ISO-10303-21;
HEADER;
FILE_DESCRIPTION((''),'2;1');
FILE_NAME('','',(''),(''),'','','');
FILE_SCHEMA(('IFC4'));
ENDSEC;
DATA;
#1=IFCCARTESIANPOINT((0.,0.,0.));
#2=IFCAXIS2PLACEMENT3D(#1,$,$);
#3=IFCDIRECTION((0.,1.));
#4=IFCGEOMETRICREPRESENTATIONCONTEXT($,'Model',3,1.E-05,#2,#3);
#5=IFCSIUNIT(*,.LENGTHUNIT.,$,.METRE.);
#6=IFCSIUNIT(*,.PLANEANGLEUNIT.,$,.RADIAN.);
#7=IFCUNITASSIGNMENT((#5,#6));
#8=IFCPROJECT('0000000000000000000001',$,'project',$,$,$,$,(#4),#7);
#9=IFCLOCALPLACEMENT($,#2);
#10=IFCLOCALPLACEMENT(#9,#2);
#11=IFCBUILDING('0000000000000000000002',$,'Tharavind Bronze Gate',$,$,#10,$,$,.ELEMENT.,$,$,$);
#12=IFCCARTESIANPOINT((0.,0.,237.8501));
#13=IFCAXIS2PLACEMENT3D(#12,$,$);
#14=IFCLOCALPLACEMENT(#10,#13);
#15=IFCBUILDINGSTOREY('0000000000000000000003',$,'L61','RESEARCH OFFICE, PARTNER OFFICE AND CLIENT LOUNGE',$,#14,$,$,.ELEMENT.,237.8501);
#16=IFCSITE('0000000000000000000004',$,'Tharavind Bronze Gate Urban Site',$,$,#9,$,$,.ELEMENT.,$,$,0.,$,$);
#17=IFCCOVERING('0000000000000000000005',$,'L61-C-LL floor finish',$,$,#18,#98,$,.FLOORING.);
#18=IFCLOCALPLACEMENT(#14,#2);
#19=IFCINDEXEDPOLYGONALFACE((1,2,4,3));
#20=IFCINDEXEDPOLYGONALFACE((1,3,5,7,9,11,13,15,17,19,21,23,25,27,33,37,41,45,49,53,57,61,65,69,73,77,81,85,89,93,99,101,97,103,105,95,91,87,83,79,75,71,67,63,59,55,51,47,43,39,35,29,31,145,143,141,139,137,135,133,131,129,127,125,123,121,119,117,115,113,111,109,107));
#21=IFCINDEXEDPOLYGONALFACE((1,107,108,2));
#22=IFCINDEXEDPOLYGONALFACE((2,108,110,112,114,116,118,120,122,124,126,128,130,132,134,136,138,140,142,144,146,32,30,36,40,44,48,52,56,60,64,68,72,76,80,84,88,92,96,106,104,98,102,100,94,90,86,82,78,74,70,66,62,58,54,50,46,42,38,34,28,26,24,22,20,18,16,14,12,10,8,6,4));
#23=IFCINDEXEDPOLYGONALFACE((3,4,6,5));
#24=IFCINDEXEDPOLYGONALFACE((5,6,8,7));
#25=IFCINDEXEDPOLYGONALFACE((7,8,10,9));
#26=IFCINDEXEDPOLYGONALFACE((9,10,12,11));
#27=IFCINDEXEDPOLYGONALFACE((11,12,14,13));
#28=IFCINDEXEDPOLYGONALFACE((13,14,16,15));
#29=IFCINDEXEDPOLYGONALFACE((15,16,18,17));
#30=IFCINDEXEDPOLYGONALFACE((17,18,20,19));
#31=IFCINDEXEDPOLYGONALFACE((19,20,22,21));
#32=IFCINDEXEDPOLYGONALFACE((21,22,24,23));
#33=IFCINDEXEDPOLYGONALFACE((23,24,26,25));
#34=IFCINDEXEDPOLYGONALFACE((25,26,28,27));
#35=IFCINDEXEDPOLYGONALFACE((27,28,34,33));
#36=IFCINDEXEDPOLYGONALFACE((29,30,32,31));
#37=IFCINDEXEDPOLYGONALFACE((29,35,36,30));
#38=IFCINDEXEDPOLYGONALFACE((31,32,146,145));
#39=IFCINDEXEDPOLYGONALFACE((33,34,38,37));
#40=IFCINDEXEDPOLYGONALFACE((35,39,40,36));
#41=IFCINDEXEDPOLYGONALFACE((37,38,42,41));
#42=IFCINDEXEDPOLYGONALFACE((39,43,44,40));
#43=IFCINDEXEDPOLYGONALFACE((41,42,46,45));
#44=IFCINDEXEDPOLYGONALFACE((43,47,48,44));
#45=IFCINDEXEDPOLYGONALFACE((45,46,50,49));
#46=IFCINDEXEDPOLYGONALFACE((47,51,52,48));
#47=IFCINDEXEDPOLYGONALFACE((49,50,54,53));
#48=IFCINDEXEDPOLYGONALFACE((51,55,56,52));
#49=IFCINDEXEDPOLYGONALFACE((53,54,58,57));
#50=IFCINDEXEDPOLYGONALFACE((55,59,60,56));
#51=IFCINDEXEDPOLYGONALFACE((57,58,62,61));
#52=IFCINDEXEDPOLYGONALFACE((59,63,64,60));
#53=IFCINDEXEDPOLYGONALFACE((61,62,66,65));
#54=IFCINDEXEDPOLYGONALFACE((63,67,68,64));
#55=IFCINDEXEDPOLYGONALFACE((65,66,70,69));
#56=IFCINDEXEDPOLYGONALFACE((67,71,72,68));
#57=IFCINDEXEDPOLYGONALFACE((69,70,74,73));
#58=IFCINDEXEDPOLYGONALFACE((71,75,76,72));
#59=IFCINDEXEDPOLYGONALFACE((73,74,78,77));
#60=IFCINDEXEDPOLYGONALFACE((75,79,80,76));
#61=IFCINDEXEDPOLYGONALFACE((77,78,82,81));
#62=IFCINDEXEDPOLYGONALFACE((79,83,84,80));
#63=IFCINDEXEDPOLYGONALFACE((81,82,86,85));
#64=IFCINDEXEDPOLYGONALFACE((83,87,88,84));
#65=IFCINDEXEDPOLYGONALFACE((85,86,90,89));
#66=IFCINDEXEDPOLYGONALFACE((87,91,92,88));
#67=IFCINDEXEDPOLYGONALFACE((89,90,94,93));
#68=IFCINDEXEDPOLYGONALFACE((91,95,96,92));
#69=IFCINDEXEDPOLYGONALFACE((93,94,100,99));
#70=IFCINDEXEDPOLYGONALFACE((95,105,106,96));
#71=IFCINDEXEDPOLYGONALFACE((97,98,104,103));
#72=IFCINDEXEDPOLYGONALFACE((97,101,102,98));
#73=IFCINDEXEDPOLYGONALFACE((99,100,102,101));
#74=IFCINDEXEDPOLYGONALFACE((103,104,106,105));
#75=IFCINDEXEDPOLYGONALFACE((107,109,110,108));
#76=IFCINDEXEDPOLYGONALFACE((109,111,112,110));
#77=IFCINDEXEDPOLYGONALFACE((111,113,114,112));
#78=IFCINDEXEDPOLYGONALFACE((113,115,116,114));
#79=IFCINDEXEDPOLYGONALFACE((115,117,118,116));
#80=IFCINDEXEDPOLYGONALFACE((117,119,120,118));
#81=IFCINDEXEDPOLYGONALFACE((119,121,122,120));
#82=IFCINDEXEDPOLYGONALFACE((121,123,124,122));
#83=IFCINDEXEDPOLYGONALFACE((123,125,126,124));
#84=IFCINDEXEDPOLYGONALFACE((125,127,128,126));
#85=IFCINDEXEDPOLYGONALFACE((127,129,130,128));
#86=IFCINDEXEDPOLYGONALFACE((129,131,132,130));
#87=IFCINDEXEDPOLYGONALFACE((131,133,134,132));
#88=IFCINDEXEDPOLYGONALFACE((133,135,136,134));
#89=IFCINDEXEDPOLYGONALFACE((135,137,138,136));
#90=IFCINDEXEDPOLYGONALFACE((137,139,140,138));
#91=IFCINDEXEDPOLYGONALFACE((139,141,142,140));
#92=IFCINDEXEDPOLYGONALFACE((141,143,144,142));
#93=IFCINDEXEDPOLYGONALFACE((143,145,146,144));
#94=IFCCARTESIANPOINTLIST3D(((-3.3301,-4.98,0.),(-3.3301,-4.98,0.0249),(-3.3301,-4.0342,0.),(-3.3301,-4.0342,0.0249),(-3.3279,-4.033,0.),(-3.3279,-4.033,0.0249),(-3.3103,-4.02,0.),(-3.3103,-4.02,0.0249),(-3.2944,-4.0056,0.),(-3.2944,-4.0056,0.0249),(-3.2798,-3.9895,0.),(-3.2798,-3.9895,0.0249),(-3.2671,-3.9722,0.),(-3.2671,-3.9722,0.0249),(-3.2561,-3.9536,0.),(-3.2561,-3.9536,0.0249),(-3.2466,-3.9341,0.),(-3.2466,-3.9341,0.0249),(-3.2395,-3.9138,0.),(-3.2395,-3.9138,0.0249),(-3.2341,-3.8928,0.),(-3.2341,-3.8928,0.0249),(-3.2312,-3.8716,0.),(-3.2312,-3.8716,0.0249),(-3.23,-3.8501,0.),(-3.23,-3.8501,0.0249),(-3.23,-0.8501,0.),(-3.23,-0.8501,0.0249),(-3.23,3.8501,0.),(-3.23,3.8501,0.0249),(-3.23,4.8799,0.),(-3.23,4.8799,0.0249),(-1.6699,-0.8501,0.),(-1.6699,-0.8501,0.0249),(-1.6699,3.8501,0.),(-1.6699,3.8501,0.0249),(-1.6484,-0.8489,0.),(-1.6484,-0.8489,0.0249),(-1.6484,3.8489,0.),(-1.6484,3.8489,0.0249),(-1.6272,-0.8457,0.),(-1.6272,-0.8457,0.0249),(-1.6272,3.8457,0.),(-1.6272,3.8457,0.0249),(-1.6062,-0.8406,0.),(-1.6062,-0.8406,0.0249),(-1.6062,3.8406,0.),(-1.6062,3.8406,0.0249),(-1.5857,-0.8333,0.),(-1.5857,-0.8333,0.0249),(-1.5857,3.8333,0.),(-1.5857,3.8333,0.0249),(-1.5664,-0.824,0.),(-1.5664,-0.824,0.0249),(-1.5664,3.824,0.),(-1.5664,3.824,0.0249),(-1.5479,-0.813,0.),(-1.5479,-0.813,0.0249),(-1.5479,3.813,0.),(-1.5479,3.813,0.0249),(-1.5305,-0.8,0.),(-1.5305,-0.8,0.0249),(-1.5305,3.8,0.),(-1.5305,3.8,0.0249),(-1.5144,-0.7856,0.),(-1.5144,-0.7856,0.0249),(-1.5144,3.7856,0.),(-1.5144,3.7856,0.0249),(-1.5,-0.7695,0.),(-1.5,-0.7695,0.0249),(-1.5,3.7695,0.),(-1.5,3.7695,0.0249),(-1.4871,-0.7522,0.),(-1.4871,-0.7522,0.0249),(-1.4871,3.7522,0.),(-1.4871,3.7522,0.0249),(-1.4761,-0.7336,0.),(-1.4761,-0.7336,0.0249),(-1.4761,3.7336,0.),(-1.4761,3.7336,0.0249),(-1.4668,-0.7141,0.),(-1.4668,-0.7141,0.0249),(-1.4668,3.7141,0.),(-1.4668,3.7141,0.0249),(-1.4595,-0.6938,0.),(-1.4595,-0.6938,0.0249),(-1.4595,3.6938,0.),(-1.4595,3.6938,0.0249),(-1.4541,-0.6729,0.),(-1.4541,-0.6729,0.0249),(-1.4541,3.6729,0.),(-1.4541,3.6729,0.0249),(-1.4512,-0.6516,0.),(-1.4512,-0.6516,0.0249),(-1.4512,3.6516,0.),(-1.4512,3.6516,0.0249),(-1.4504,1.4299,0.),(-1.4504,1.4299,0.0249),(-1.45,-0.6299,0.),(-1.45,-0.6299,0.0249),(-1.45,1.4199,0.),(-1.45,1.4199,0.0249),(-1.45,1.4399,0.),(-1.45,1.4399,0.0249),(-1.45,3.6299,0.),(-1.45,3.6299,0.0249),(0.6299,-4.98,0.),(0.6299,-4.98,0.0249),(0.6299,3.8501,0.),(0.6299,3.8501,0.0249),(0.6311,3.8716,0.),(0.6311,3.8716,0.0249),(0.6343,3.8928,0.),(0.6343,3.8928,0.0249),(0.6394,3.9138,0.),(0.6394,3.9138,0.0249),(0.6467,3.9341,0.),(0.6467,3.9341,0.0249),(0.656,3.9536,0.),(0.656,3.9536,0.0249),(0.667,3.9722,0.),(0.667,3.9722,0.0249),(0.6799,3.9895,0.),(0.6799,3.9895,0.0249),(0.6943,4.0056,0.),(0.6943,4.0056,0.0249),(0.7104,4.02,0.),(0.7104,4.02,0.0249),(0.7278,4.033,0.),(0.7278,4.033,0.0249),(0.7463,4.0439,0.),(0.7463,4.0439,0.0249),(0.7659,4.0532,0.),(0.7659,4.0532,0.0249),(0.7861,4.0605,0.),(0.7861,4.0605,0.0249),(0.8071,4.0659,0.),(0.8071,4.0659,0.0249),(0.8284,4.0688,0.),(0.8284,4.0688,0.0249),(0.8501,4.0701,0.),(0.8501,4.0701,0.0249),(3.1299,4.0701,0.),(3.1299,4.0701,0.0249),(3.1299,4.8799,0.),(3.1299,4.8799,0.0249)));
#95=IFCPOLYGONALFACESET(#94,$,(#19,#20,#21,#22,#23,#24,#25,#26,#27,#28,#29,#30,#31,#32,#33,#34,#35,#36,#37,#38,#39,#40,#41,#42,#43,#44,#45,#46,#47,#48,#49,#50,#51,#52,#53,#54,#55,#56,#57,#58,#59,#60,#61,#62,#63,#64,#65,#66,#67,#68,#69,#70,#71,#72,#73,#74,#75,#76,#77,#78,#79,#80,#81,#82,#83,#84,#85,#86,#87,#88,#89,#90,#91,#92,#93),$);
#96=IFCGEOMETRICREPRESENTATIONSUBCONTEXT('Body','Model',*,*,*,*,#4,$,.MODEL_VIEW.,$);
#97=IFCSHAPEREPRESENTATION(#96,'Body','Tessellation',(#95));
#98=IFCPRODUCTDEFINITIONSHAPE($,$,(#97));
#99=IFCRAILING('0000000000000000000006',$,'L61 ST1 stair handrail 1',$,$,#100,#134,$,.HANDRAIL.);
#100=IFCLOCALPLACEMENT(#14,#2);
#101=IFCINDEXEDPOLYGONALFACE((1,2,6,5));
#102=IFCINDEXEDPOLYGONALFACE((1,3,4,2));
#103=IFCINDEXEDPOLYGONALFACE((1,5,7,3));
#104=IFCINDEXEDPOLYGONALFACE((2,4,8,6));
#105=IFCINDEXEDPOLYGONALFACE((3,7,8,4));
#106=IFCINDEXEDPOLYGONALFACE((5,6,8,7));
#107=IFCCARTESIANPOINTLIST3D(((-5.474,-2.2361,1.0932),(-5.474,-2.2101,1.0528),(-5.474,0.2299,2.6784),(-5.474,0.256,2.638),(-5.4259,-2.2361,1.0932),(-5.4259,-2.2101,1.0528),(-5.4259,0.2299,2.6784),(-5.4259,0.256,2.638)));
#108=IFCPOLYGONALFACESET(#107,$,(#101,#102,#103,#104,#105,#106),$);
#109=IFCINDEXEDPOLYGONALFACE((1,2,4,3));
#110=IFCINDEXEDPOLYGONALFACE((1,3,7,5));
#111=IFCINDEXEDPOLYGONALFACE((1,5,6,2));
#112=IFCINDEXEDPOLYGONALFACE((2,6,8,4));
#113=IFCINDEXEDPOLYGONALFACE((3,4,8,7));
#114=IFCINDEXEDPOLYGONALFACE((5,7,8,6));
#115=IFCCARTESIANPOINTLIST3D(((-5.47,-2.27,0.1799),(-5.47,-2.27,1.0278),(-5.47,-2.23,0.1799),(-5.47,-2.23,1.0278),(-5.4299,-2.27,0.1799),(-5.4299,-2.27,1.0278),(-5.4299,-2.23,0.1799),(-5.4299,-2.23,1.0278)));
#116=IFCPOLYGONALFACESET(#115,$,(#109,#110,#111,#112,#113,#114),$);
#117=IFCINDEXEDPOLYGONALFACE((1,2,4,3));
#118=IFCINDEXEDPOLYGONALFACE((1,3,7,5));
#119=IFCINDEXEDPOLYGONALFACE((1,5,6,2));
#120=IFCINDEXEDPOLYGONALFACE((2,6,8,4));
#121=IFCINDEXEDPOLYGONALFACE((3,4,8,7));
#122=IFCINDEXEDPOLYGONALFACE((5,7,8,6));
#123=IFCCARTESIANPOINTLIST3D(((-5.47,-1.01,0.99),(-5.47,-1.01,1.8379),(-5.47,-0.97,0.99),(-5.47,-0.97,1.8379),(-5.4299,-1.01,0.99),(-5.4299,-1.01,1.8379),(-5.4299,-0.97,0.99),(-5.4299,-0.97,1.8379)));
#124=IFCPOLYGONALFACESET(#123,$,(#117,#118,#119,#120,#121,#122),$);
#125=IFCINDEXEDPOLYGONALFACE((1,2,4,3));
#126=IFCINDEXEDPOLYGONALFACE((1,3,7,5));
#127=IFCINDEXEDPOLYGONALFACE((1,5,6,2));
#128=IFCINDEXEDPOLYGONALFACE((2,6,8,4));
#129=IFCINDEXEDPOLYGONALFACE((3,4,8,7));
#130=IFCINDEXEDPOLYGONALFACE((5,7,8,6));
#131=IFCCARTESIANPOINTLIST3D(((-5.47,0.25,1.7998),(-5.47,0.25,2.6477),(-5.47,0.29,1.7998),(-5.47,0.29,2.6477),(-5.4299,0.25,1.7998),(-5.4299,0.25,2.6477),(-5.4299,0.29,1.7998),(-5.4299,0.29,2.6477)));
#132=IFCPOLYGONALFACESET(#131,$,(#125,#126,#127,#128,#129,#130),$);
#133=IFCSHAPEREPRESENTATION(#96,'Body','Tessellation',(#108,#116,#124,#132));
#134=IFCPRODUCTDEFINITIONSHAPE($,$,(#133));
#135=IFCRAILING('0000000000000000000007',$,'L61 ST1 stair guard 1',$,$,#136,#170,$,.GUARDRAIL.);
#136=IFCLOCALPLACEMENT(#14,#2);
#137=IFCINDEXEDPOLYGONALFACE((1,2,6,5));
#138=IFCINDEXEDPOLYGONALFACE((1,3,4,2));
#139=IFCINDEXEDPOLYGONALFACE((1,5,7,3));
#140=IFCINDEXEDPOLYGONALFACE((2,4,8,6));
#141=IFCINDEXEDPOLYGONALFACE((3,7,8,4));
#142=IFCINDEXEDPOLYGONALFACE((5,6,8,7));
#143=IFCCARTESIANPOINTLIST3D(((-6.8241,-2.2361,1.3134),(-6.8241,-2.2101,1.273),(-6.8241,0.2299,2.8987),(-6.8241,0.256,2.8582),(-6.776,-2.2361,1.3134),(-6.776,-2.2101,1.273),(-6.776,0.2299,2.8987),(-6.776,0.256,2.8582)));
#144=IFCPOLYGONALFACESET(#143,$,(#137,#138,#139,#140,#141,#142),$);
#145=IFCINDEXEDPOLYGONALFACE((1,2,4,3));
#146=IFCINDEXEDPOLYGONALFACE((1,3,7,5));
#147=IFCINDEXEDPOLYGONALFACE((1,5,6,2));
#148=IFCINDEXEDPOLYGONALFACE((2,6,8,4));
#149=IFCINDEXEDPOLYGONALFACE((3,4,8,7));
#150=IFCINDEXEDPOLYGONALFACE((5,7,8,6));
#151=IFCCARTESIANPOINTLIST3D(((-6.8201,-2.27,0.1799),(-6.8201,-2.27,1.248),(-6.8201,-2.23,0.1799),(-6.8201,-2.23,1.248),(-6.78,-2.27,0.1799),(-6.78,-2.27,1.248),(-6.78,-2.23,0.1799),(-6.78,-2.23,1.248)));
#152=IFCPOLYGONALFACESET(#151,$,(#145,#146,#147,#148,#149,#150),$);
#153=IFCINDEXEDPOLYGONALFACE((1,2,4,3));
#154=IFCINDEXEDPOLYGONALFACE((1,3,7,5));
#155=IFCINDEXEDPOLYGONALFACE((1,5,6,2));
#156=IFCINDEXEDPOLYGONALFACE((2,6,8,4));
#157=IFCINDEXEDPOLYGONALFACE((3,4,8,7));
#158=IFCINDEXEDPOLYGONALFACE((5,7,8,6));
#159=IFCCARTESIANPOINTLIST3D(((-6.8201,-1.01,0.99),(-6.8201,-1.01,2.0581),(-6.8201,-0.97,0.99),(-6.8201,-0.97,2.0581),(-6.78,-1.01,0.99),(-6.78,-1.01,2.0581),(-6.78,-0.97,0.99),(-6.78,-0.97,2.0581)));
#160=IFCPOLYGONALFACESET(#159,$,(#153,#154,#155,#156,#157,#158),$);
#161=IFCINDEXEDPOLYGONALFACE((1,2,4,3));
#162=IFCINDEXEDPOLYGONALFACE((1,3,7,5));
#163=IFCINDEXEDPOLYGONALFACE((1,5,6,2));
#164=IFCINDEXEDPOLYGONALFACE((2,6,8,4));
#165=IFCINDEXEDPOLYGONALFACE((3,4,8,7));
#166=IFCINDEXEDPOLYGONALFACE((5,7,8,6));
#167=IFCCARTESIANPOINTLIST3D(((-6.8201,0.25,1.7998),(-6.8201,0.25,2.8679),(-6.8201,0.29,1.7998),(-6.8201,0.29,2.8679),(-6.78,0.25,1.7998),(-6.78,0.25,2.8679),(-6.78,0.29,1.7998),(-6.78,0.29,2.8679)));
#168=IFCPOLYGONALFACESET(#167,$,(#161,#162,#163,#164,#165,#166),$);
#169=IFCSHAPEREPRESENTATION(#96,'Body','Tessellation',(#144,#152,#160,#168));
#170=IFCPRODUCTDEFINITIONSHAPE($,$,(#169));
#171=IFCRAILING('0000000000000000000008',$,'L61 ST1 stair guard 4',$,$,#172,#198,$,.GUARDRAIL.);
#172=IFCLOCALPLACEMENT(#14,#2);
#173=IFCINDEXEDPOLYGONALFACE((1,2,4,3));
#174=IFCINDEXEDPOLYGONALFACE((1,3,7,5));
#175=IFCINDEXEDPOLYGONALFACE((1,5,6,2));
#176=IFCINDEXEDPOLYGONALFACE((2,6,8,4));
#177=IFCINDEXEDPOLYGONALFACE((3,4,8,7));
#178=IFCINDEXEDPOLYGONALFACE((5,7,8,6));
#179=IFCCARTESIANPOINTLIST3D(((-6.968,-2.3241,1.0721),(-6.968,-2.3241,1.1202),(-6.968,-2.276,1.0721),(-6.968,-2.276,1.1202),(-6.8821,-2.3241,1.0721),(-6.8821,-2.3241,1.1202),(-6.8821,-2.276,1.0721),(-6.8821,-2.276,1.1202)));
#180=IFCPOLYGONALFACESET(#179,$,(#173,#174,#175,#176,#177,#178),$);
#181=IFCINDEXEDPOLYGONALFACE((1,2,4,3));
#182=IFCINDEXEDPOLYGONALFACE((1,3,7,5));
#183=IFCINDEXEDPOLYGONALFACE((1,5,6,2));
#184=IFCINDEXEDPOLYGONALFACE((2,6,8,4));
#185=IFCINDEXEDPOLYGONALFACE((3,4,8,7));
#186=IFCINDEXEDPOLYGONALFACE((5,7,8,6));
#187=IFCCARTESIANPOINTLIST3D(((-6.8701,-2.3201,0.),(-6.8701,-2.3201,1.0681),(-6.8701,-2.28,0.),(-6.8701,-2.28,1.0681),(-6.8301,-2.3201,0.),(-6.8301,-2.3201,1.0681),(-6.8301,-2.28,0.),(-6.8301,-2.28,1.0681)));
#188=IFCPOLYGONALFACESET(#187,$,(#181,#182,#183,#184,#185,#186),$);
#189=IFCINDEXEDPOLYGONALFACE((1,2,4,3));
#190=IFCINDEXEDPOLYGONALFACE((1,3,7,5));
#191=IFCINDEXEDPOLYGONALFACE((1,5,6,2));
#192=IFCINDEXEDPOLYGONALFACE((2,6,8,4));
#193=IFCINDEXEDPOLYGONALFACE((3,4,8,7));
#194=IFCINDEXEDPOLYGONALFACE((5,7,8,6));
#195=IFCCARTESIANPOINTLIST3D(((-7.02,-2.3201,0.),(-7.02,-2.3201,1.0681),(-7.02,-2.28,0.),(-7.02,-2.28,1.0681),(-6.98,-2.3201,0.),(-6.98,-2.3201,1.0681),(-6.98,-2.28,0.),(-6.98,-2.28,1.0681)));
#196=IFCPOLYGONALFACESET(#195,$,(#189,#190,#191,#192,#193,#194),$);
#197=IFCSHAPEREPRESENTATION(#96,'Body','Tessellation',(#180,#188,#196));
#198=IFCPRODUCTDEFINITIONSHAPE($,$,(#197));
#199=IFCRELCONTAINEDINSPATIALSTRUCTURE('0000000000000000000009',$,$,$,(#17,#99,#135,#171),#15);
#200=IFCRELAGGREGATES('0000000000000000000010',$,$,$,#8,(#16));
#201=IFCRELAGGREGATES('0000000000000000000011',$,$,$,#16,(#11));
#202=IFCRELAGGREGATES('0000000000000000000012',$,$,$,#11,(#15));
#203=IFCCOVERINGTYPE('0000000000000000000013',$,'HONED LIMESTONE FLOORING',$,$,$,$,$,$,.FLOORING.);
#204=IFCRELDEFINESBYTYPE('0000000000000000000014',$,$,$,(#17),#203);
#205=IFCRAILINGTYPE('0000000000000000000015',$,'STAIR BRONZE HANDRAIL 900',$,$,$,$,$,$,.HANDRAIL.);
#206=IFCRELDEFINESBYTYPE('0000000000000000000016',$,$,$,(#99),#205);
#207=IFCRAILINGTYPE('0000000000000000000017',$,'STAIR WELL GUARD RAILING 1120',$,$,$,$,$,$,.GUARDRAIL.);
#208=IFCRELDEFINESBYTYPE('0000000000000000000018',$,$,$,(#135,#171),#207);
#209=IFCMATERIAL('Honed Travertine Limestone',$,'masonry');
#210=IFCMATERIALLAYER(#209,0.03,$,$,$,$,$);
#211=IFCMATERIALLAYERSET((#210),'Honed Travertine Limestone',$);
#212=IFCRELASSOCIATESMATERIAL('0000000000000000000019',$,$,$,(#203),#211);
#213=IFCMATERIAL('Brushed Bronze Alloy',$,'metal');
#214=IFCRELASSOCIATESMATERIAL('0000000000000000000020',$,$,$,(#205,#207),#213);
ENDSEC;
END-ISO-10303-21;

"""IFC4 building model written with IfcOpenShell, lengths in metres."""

from ifc_helpers import new_model, si_unit, direction, frame, origin, origin_2d, place, context, subcontext, project, spatial, polyline, rectangle, outline, extrude, material, layer, layer_set, type_object, element, save


model = new_model("IFC4")

# Units and contexts
model_context = context("Model", 3, precision=1e-05, world=origin(), true_north=direction((0.0, 1.0)))
body_context = subcontext(model_context, "Body", "Model", "MODEL_VIEW")
ifc_project = project(units=[si_unit("LENGTHUNIT", "METRE"), si_unit("PLANEANGLEUNIT", "RADIAN")], contexts=[model_context])

# Site, building, storey
site_placement = place(None, origin())
site = spatial("IfcSite", under=ifc_project, at=site_placement, Name="Tharavind Bronze Gate Urban Site", CompositionType="ELEMENT", RefElevation=0.0)
building_placement = place(site_placement, origin())
building = spatial("IfcBuilding", under=site, at=building_placement, Name="Tharavind Bronze Gate", CompositionType="ELEMENT")
storey_placement = place(building_placement, frame((0.0, 0.0, 237.8501)))
storey = spatial("IfcBuildingStorey", under=building, at=storey_placement, Name="L61", Description="RESEARCH OFFICE, PARTNER OFFICE AND CLIENT LOUNGE", CompositionType="ELEMENT", Elevation=237.8501)

# Covering
ifc_material_1 = material(Name="Honed Travertine Limestone", Category="masonry")
ifc_layer_1 = layer(ifc_material_1, 0.03)
ifc_layer_set_1 = layer_set([ifc_layer_1], Name="Honed Travertine Limestone")
covering_type = type_object("IfcCoveringType", Name="HONED LIMESTONE FLOORING", PredefinedType="FLOORING", material=ifc_layer_set_1)
covering_placement = place(storey_placement, origin())
element("IfcCovering", 1, at=covering_placement, inside=storey, type_object=covering_type, Name="L61-C-LL floor finish", PredefinedType="FLOORING", context=body_context, shape_type="SweptSolid", body=[
    extrude(outline(polyline([(-3.3301, -4.98), (0.6299, -4.98), (0.6299, 3.8501), (0.6311, 3.8716), (0.6343, 3.8928), (0.6394, 3.9138), (0.6467, 3.9341), (0.656, 3.9536), (0.667, 3.9722), (0.6799, 3.9895), (0.6943, 4.0056), (0.7104, 4.02), (0.7278, 4.033), (0.7463, 4.0439), (0.7659, 4.0532), (0.7861, 4.0605), (0.8071, 4.0659), (0.8284, 4.0688), (0.8501, 4.0701), (3.1299, 4.0701), (3.1299, 4.8799), (-3.23, 4.8799), (-3.23, 3.8501), (-1.6699, 3.8501), (-1.6484, 3.8489), (-1.6272, 3.8457), (-1.6062, 3.8406), (-1.5857, 3.8333), (-1.5664, 3.824), (-1.5479, 3.813), (-1.5305, 3.8), (-1.5144, 3.7856), (-1.5, 3.7695), (-1.4871, 3.7522), (-1.4761, 3.7336), (-1.4668, 3.7141), (-1.4595, 3.6938), (-1.4541, 3.6729), (-1.4512, 3.6516), (-1.45, 3.6299), (-1.45, 1.4399), (-1.4504, 1.4299), (-1.45, 1.4199), (-1.45, -0.6299), (-1.4512, -0.6516), (-1.4541, -0.6729), (-1.4595, -0.6938), (-1.4668, -0.7141), (-1.4761, -0.7336), (-1.4871, -0.7522), (-1.5, -0.7695), (-1.5144, -0.7856), (-1.5305, -0.8), (-1.5479, -0.813), (-1.5664, -0.824), (-1.5857, -0.8333), (-1.6062, -0.8406), (-1.6272, -0.8457), (-1.6484, -0.8489), (-1.6699, -0.8501), (-3.23, -0.8501), (-3.23, -3.8501), (-3.2312, -3.8716), (-3.2341, -3.8928), (-3.2395, -3.9138), (-3.2466, -3.9341), (-3.2561, -3.9536), (-3.2671, -3.9722), (-3.2798, -3.9895), (-3.2944, -4.0056), (-3.3103, -4.02), (-3.3279, -4.033), (-3.3301, -4.0342), (-3.3301, -4.98)])), origin(), (0.0, 0.0, 1.0), 0.0249),
])

# Railings
ifc_material_2 = material(Name="Brushed Bronze Alloy", Category="metal")
railing_type_1 = type_object("IfcRailingType", Name="STAIR BRONZE HANDRAIL 900", PredefinedType="HANDRAIL", material=ifc_material_2)
railing_1_placement = place(storey_placement, frame((-5.45, -2.25, 0.1799)))
element("IfcRailing", 2, at=railing_1_placement, inside=storey, type_object=railing_type_1, Name="L61 ST1 stair handrail 1", PredefinedType="HANDRAIL", context=body_context, shape_type="SweptSolid", body=[
    extrude(rectangle(XDim=0.0481, YDim=0.0481, at=origin_2d()), frame((0.0, 0.0269, 0.8931), z_axis=(0.0, 0.8412, 0.540725), x_axis=(-1.0, 0.0, 0.0)), (0.0, 0.0, 1.0), 2.9316),
    extrude(rectangle(XDim=0.04, YDim=0.04, at=origin_2d()), origin(), (0.0, 0.0, 1.0), 0.8479),
    extrude(rectangle(XDim=0.04, YDim=0.04, at=origin_2d()), frame((0.0, 1.26, 0.8101)), (0.0, 0.0, 1.0), 0.8479),
    extrude(rectangle(XDim=0.04, YDim=0.04, at=origin_2d()), frame((0.0, 2.52, 1.6199)), (0.0, 0.0, 1.0), 0.8479),
])
railing_type_2 = type_object("IfcRailingType", Name="STAIR WELL GUARD RAILING 1120", PredefinedType="GUARDRAIL", material=ifc_material_2)
railing_2_placement = place(storey_placement, frame((-6.8, -2.25, 0.1799)))
element("IfcRailing", 3, at=railing_2_placement, inside=storey, type_object=railing_type_2, Name="L61 ST1 stair guard 1", PredefinedType="GUARDRAIL", context=body_context, shape_type="SweptSolid", body=[
    extrude(rectangle(XDim=0.0481, YDim=0.0481, at=origin_2d()), frame((0.0, 0.0269, 1.1133), z_axis=(0.0, 0.8412, 0.540725), x_axis=(-1.0, 0.0, 0.0)), (0.0, 0.0, 1.0), 2.9316),
    extrude(rectangle(XDim=0.04, YDim=0.04, at=origin_2d()), origin(), (0.0, 0.0, 1.0), 1.0681),
    extrude(rectangle(XDim=0.04, YDim=0.04, at=origin_2d()), frame((0.0, 1.26, 0.8101)), (0.0, 0.0, 1.0), 1.0681),
    extrude(rectangle(XDim=0.04, YDim=0.04, at=origin_2d()), frame((0.0, 2.52, 1.6199)), (0.0, 0.0, 1.0), 1.0681),
])
railing_3_placement = place(storey_placement, frame((-6.8501, -2.3, 0.0)))
element("IfcRailing", 4, at=railing_3_placement, inside=storey, type_object=railing_type_2, Name="L61 ST1 stair guard 4", PredefinedType="GUARDRAIL", context=body_context, shape_type="SweptSolid", body=[
    extrude(rectangle(XDim=0.0481, YDim=0.0481, at=origin_2d()), frame((-0.032, 0.0, 1.0962), z_axis=(-1.0, 0.0, 0.0), x_axis=(0.0, -1.0, 0.0)), (0.0, 0.0, 1.0), 0.0859),
    extrude(rectangle(XDim=0.04, YDim=0.04, at=origin_2d()), origin(), (0.0, 0.0, 1.0), 1.0681),
    extrude(rectangle(XDim=0.04, YDim=0.04, at=origin_2d()), frame((-0.1499, 0.0, 0.0)), (0.0, 0.0, 1.0), 1.0681),
])

save(model, "model.ifc")
